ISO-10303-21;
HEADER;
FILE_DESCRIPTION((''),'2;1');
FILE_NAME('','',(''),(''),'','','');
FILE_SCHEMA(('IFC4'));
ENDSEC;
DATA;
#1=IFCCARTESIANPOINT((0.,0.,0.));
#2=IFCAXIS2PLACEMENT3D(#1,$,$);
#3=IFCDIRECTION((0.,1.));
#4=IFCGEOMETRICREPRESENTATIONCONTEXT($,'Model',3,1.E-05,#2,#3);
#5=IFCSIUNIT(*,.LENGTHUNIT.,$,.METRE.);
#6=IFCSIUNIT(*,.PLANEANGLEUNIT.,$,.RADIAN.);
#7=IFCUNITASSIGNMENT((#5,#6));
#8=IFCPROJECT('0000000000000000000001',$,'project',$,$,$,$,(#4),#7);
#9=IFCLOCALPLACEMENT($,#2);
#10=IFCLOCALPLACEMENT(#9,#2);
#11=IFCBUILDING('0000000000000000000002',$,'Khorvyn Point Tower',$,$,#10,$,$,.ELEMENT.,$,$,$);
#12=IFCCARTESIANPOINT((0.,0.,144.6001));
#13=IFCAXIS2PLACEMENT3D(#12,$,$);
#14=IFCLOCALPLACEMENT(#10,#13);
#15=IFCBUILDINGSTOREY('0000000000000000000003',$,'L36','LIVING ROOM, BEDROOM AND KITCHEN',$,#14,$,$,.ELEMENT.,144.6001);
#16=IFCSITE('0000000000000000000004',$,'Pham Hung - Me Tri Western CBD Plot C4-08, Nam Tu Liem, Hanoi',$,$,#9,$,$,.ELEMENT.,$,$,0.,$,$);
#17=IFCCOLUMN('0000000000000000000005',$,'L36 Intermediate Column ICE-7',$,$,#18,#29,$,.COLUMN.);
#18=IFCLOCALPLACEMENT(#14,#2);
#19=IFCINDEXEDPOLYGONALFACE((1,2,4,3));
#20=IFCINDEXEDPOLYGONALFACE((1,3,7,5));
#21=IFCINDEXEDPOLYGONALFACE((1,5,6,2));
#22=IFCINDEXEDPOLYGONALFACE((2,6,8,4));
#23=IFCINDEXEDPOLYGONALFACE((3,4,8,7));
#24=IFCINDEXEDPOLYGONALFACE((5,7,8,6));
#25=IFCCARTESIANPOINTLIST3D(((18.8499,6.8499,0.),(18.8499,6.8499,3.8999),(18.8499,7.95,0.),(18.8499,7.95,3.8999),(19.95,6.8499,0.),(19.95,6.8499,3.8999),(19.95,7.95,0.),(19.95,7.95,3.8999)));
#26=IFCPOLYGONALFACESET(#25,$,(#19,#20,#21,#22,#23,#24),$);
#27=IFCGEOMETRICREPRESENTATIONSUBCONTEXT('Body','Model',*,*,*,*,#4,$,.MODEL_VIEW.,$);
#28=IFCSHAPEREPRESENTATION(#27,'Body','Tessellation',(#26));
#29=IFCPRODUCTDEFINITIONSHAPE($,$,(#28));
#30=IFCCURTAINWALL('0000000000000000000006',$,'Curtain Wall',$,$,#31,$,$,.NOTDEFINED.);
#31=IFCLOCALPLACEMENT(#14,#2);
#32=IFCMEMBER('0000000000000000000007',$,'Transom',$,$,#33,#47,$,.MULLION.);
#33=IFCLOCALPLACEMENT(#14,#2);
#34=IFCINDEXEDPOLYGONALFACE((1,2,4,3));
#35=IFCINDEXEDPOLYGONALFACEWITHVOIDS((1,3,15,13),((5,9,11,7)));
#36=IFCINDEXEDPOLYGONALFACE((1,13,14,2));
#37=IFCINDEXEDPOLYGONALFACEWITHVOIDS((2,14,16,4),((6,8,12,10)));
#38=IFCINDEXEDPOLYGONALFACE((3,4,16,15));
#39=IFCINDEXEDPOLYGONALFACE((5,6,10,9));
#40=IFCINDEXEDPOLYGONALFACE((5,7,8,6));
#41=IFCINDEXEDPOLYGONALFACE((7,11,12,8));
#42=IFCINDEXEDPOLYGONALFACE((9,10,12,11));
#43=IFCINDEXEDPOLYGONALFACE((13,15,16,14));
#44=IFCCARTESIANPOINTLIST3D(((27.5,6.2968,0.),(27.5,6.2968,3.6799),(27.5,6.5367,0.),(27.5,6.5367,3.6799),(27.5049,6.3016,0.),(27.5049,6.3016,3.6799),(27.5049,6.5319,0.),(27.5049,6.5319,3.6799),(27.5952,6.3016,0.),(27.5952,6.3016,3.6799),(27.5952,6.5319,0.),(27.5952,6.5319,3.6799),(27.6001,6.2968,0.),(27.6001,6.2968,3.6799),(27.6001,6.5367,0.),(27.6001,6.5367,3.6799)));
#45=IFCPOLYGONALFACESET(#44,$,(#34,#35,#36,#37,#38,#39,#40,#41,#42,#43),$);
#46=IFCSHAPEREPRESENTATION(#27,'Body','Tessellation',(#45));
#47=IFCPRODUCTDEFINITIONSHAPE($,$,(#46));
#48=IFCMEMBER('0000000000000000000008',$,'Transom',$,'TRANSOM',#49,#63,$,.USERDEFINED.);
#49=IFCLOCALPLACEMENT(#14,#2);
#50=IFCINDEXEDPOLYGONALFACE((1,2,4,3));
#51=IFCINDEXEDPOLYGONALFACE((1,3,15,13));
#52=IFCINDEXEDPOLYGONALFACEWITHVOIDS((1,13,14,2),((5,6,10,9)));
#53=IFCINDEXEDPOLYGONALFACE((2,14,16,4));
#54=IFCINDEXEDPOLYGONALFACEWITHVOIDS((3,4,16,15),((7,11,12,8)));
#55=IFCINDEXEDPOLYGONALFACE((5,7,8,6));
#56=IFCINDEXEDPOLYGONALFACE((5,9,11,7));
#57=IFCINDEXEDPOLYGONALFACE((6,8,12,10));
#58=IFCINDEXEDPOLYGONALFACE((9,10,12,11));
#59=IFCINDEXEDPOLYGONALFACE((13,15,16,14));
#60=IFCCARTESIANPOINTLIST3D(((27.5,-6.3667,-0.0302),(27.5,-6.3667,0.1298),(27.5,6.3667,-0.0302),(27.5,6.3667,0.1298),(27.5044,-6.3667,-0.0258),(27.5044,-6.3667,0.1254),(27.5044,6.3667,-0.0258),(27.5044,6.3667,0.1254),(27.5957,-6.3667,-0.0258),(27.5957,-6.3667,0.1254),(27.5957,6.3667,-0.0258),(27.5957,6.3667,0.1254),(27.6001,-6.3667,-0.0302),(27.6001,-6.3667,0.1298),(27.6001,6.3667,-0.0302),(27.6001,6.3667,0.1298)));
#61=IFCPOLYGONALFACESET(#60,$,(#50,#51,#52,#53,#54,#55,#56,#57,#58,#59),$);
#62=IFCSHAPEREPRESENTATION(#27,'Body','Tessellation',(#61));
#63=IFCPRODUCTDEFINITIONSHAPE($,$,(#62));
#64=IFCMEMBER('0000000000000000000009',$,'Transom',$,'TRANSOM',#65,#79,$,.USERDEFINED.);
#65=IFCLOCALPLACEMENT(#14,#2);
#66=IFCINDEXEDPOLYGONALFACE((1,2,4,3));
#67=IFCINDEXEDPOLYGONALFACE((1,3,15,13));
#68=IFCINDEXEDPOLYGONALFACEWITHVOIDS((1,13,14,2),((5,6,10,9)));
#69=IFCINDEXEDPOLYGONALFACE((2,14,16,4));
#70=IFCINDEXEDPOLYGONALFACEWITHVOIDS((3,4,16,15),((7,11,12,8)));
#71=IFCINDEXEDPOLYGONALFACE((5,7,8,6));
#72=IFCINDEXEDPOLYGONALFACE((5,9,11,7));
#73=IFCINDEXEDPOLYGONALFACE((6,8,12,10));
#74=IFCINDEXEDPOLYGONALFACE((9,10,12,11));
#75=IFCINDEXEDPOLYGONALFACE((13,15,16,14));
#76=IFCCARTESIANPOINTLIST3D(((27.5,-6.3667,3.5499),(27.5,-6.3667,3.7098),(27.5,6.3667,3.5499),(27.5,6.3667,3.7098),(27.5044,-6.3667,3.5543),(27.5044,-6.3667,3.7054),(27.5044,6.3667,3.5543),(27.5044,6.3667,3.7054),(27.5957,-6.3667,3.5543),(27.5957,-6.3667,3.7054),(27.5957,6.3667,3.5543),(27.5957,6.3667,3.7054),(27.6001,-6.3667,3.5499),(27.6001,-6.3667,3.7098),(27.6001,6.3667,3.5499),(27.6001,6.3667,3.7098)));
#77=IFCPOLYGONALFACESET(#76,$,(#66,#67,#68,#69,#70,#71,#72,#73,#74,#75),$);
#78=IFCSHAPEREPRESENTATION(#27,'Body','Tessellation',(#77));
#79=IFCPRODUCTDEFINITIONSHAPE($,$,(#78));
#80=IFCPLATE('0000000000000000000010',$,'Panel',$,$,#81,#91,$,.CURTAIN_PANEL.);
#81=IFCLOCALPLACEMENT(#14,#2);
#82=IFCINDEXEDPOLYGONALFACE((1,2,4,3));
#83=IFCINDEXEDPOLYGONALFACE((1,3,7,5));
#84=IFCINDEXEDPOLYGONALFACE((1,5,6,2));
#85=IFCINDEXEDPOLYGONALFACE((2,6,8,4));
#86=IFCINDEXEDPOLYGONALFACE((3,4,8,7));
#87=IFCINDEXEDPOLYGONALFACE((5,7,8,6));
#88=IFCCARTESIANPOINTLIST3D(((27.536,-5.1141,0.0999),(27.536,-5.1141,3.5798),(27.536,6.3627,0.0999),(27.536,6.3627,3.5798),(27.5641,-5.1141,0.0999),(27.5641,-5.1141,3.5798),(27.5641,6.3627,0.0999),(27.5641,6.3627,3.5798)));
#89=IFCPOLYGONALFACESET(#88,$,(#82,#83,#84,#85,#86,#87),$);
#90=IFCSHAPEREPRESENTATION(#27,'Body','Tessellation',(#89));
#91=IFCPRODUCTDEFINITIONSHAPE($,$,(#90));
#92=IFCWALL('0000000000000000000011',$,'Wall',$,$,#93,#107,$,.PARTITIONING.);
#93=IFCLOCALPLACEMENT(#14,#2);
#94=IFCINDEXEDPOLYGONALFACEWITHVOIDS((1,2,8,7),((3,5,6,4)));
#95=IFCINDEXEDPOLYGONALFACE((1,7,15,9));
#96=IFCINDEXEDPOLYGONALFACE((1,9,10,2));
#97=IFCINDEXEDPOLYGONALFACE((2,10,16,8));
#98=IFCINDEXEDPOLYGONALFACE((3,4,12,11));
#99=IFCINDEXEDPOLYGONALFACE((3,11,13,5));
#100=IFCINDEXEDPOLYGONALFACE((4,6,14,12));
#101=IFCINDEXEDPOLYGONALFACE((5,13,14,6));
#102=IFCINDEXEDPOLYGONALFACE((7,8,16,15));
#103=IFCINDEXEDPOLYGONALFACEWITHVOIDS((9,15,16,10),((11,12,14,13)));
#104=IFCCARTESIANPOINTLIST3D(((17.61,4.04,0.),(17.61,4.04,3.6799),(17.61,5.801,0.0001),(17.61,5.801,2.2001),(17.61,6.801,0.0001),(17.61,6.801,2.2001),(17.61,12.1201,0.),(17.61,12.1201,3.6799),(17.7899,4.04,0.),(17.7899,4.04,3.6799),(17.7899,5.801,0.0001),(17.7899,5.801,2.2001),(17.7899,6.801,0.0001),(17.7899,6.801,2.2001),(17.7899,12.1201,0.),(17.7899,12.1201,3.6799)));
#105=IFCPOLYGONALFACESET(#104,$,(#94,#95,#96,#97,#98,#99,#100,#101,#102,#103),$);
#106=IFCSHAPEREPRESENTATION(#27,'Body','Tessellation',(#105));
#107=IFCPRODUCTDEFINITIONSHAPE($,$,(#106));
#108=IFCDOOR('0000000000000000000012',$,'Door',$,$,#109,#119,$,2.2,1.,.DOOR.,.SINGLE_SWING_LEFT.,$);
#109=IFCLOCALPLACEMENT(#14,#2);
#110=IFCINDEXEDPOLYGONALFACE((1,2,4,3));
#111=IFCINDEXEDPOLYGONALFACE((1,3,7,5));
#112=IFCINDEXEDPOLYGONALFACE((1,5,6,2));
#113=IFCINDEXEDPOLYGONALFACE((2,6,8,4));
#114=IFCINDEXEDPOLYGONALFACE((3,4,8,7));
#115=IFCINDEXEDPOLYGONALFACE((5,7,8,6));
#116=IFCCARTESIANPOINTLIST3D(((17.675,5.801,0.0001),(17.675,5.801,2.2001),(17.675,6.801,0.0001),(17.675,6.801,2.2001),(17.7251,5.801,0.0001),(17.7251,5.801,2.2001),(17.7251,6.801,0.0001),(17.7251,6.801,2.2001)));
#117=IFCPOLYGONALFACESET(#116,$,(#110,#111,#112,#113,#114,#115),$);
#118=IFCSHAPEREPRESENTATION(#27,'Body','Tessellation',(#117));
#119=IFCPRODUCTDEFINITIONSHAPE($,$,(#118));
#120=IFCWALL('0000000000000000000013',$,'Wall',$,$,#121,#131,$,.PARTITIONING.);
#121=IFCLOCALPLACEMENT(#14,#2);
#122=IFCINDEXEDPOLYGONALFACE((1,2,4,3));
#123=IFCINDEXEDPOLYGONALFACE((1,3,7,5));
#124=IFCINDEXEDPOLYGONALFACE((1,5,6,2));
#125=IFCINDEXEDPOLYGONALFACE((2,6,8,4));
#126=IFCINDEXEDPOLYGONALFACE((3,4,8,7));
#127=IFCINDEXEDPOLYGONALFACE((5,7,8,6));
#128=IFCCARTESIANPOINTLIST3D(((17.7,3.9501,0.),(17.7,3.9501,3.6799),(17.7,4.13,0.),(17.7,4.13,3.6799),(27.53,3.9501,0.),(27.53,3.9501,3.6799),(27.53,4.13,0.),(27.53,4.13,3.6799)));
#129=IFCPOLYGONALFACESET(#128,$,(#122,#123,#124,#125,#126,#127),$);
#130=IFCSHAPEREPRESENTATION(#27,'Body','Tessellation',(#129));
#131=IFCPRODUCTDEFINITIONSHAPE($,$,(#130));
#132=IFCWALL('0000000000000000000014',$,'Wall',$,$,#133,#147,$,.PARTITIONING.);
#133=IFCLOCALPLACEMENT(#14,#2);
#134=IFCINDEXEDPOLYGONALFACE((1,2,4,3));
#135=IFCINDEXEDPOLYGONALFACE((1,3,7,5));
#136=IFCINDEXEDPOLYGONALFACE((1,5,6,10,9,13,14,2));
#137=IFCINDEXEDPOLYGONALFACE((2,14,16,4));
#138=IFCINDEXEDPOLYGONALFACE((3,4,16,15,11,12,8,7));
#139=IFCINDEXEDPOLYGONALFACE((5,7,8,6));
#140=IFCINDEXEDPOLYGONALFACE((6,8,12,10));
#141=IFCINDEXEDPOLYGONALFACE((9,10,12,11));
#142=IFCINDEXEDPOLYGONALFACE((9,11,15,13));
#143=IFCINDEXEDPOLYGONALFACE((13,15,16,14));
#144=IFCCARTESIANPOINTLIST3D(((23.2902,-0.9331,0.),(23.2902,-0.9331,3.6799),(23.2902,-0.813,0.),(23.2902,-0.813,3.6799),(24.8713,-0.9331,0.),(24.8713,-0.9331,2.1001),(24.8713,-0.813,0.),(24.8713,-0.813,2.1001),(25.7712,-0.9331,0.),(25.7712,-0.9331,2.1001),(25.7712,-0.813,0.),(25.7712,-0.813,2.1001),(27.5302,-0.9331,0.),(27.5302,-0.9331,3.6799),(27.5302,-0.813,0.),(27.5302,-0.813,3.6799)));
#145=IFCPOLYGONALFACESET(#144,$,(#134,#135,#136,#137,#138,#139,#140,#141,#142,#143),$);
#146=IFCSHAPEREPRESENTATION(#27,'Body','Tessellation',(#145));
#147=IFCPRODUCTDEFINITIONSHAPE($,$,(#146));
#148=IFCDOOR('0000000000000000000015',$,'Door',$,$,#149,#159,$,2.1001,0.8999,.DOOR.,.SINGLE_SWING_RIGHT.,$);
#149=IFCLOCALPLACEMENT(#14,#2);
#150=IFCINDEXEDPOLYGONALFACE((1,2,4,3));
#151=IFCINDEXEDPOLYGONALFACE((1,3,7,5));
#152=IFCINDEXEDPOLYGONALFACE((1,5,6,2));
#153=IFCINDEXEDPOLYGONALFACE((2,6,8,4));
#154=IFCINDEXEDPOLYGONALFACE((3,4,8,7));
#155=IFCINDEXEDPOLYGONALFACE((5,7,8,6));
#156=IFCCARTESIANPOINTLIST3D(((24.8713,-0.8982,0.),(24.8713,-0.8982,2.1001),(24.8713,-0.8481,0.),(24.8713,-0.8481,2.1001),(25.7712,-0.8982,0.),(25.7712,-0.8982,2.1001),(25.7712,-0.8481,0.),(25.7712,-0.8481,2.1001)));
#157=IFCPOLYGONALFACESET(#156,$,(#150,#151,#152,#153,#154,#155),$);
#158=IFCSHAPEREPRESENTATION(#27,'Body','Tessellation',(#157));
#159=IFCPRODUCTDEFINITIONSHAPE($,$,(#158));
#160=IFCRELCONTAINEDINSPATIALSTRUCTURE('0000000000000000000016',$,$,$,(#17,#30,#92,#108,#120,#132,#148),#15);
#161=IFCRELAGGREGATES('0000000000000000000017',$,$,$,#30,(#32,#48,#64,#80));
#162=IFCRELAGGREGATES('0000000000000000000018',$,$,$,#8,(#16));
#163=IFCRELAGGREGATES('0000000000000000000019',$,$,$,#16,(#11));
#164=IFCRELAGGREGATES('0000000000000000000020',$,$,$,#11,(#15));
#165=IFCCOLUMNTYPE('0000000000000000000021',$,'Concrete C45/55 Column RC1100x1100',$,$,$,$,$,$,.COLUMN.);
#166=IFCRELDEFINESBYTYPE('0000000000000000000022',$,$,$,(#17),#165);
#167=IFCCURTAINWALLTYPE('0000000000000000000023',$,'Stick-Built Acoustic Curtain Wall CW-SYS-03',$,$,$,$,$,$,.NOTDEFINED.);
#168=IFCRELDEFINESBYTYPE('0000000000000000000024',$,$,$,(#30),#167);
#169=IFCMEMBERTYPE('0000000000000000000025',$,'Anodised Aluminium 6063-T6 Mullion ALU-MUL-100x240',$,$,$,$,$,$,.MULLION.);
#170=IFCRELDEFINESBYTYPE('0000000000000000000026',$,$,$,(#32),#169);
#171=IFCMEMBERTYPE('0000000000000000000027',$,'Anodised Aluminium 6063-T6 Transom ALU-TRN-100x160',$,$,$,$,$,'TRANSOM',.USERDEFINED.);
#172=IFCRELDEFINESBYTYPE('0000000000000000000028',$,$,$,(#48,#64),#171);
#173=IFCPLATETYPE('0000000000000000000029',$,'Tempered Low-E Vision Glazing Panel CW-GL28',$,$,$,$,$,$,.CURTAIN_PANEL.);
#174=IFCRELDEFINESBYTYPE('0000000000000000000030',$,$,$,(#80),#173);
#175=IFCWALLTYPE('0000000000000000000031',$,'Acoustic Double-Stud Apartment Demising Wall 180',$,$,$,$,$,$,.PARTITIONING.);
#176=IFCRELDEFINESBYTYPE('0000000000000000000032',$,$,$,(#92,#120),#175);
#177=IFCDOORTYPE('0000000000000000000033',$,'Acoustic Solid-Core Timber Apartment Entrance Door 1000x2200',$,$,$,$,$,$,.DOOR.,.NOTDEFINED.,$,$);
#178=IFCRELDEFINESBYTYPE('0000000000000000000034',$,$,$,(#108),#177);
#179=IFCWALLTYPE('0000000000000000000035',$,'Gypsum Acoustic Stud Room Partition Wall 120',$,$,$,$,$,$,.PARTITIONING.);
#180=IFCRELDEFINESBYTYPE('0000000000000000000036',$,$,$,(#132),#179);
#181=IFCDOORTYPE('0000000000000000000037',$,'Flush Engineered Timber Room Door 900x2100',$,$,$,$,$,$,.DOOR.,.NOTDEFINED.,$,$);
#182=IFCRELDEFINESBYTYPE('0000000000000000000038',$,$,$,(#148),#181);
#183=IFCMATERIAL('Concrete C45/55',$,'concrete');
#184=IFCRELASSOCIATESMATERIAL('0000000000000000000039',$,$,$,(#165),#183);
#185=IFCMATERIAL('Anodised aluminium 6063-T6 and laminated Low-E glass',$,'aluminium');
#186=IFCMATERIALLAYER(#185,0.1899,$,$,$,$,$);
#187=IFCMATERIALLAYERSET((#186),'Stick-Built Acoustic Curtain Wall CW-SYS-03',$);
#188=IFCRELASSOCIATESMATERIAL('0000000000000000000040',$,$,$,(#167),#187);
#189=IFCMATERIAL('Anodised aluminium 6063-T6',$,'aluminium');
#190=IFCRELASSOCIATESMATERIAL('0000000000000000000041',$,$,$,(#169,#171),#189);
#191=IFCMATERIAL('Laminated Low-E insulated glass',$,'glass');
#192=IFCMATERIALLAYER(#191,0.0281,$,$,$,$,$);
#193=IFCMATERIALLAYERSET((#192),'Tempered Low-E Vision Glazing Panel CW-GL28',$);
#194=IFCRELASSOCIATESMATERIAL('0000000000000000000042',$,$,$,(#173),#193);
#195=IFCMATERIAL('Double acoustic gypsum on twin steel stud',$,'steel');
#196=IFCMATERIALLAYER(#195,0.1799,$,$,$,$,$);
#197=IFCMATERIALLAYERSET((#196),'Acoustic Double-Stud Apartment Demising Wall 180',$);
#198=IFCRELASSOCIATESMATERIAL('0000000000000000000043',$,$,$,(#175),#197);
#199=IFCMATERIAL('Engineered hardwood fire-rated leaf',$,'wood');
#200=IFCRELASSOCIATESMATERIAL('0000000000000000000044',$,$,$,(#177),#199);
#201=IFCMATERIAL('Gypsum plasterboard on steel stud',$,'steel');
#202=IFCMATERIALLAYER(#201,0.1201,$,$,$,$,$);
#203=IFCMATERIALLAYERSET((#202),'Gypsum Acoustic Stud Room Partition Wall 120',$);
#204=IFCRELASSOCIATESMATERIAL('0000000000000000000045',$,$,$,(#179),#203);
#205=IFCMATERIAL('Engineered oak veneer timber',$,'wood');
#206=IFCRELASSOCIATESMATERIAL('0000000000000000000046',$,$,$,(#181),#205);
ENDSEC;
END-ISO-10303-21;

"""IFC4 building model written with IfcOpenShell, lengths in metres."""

from ifc_helpers import new_model, si_unit, direction, frame, frame_2d, origin, origin_2d, place, context, subcontext, project, spatial, rectangle, hollow_rectangle, extrude, material, layer, layer_set, material_profile, profile_set, type_object, element, fill, aggregate, save


model = new_model("IFC4")

# Units and contexts
model_context = context("Model", 3, precision=1e-05, world=origin(), true_north=direction((0.0, 1.0)))
body_context = subcontext(model_context, "Body", "Model", "MODEL_VIEW")
ifc_project = project(units=[si_unit("LENGTHUNIT", "METRE"), si_unit("PLANEANGLEUNIT", "RADIAN")], contexts=[model_context])

# Site, building, storey
site_placement = place(None, origin())
site = spatial("IfcSite", under=ifc_project, at=site_placement, Name="Pham Hung - Me Tri Western CBD Plot C4-08, Nam Tu Liem, Hanoi", CompositionType="ELEMENT", RefElevation=0.0)
building_placement = place(site_placement, origin())
building = spatial("IfcBuilding", under=site, at=building_placement, Name="Khorvyn Point Tower", CompositionType="ELEMENT")
storey_placement = place(building_placement, frame((0.0, 0.0, 144.6001)))
storey = spatial("IfcBuildingStorey", under=building, at=storey_placement, Name="L36", Description="LIVING ROOM, BEDROOM AND KITCHEN", CompositionType="ELEMENT", Elevation=144.6001)

# Column
ifc_material_1 = material(Name="Concrete C45/55", Category="concrete")
ifc_material_profile_1 = material_profile(ifc_material_1, rectangle(XDim=1.1001, YDim=1.1001, at=origin_2d()))
ifc_profile_set_1 = profile_set([ifc_material_profile_1], Name="Concrete C45/55 RC1100x1100")
column_type = type_object("IfcColumnType", Name="Concrete C45/55 Column RC1100x1100", PredefinedType="COLUMN", material=ifc_profile_set_1)
column_placement = place(storey_placement, frame((19.3999, 7.3999, 0.0), z_axis=(0.0, 0.0, 1.0), x_axis=(1.0, 0.0, 0.0)))
element("IfcColumn", 1, at=column_placement, inside=storey, type_object=column_type, Name="L36 Intermediate Column ICE-7", PredefinedType="COLUMN", context=body_context, shape_type="SweptSolid", body=[
    extrude(rectangle(XDim=1.1001, YDim=1.1001, at=origin_2d()), origin(), (0.0, 0.0, 1.0), 3.8999),
])

# Curtain wall, members, plate
ifc_material_2 = material(Name="Anodised aluminium 6063-T6 and laminated Low-E glass", Category="aluminium")
ifc_layer_1 = layer(ifc_material_2, 0.1899)
ifc_layer_set_1 = layer_set([ifc_layer_1], Name="Stick-Built Acoustic Curtain Wall CW-SYS-03")
curtain_wall_type = type_object("IfcCurtainWallType", Name="Stick-Built Acoustic Curtain Wall CW-SYS-03", PredefinedType="NOTDEFINED", material=ifc_layer_set_1)
curtain_wall_placement = place(storey_placement, origin())
curtain_wall = element("IfcCurtainWall", 2, at=curtain_wall_placement, inside=storey, type_object=curtain_wall_type, Name="Curtain Wall", PredefinedType="NOTDEFINED")
ifc_material_3 = material(Name="Anodised aluminium 6063-T6", Category="aluminium")
ifc_material_profile_2 = material_profile(ifc_material_3, hollow_rectangle(XDim=0.1001, YDim=0.24, WallThickness=0.0049, at=origin_2d()))
ifc_profile_set_2 = profile_set([ifc_material_profile_2], Name="Anodised aluminium 6063-T6 ALU-MUL-100x240")
member_type_1 = type_object("IfcMemberType", Name="Anodised Aluminium 6063-T6 Mullion ALU-MUL-100x240", PredefinedType="MULLION", material=ifc_profile_set_2)
member_1_placement = place(storey_placement, frame((27.55, 6.4167, 0.0), z_axis=(0.0, 0.0, 1.0), x_axis=(1.0, 0.0, 0.0)))
member_1 = element("IfcMember", 3, at=member_1_placement, type_object=member_type_1, Name="Transom", PredefinedType="MULLION", context=body_context, shape_type="SweptSolid", body=[
    extrude(hollow_rectangle(XDim=0.1001, YDim=0.24, WallThickness=0.0049, at=origin_2d()), origin(), (0.0, 0.0, 1.0), 3.6799),
])
ifc_material_profile_3 = material_profile(ifc_material_3, hollow_rectangle(XDim=0.1001, YDim=0.1599, WallThickness=0.0044, at=origin_2d()))
ifc_profile_set_3 = profile_set([ifc_material_profile_3], Name="Anodised aluminium 6063-T6 ALU-TRN-100x160")
member_type_2 = type_object("IfcMemberType", Name="Anodised Aluminium 6063-T6 Transom ALU-TRN-100x160", ElementType="TRANSOM", PredefinedType="USERDEFINED", material=ifc_profile_set_3)
member_2_placement = place(storey_placement, frame((27.55, 6.3667, 0.0498), z_axis=(0.0, -1.0, 0.0), x_axis=(1.0, 0.0, 0.0)))
member_2 = element("IfcMember", 4, at=member_2_placement, type_object=member_type_2, Name="Transom", ObjectType="TRANSOM", PredefinedType="USERDEFINED", context=body_context, shape_type="SweptSolid", body=[
    extrude(hollow_rectangle(XDim=0.1001, YDim=0.1599, WallThickness=0.0044, at=origin_2d()), origin(), (0.0, 0.0, 1.0), 12.7334),
])
member_3_placement = place(storey_placement, frame((27.55, 6.3667, 3.6299), z_axis=(0.0, -1.0, 0.0), x_axis=(1.0, 0.0, 0.0)))
member_3 = element("IfcMember", 5, at=member_3_placement, type_object=member_type_2, Name="Transom", ObjectType="TRANSOM", PredefinedType="USERDEFINED", context=body_context, shape_type="SweptSolid", body=[
    extrude(hollow_rectangle(XDim=0.1001, YDim=0.1599, WallThickness=0.0044, at=origin_2d()), origin(), (0.0, 0.0, 1.0), 12.7334),
])
ifc_material_4 = material(Name="Laminated Low-E insulated glass", Category="glass")
ifc_layer_2 = layer(ifc_material_4, 0.0281)
ifc_layer_set_2 = layer_set([ifc_layer_2], Name="Tempered Low-E Vision Glazing Panel CW-GL28")
plate_type = type_object("IfcPlateType", Name="Tempered Low-E Vision Glazing Panel CW-GL28", PredefinedType="CURTAIN_PANEL", material=ifc_layer_set_2)
plate_placement = place(storey_placement, frame((27.55, 0.6243, 0.0999), z_axis=(0.0, 0.0, 1.0), x_axis=(0.0, -1.0, 0.0)))
plate = element("IfcPlate", 6, at=plate_placement, type_object=plate_type, Name="Panel", PredefinedType="CURTAIN_PANEL", context=body_context, shape_type="SweptSolid", body=[
    extrude(rectangle(XDim=11.4768, YDim=0.0281, at=origin_2d()), origin(), (0.0, 0.0, 1.0), 3.48),
])
aggregate(curtain_wall, [member_1, member_2, member_3, plate])

# Wall, opening, door
ifc_material_5 = material(Name="Double acoustic gypsum on twin steel stud", Category="steel")
ifc_layer_3 = layer(ifc_material_5, 0.1799)
ifc_layer_set_3 = layer_set([ifc_layer_3], Name="Acoustic Double-Stud Apartment Demising Wall 180")
wall_type_1 = type_object("IfcWallType", Name="Acoustic Double-Stud Apartment Demising Wall 180", PredefinedType="PARTITIONING", material=ifc_layer_set_3)
wall_1_placement = place(storey_placement, frame((17.7, 4.04, 0.0), z_axis=(0.0, 0.0, 1.0), x_axis=(0.0, 1.0, 0.0)))
wall_1 = element("IfcWall", 7, at=wall_1_placement, inside=storey, type_object=wall_type_1, Name="Wall", PredefinedType="PARTITIONING", context=body_context, shape_type="SweptSolid", body=[
    extrude(rectangle(XDim=8.0801, YDim=0.1799, at=frame_2d((4.04, 0.0))), origin(), (0.0, 0.0, 1.0), 3.6799),
])
opening_1_placement = place(wall_1_placement, frame((1.761, 0.0, 0.0)))
opening_1 = element("IfcOpeningElement", 8, at=opening_1_placement, cuts=wall_1, PredefinedType="OPENING", context=body_context, shape_type="SweptSolid", body=[
    extrude(rectangle(XDim=1.0, YDim=2.2, at=frame_2d((0.5, 1.1001))), frame((0.0, 0.0999, 0.0), z_axis=(0.0, -1.0, 0.0), x_axis=(1.0, 0.0, 0.0)), (0.0, 0.0, 1.0), 0.2),
])
ifc_material_6 = material(Name="Engineered hardwood fire-rated leaf", Category="wood")
door_type_1 = type_object("IfcDoorType", Name="Acoustic Solid-Core Timber Apartment Entrance Door 1000x2200", OperationType="NOTDEFINED", PredefinedType="DOOR", material=ifc_material_6)
door_1_placement = place(opening_1_placement, origin())
door_1 = element("IfcDoor", 9, at=door_1_placement, inside=storey, type_object=door_type_1, Name="Door", OperationType="SINGLE_SWING_LEFT", OverallHeight=2.2, OverallWidth=1.0, PredefinedType="DOOR", context=body_context, shape_type="SweptSolid", body=[
    extrude(rectangle(XDim=1.0, YDim=2.2, at=frame_2d((0.5, 1.1001))), frame((0.0, 0.0249, 0.0), z_axis=(0.0, -1.0, 0.0), x_axis=(1.0, 0.0, 0.0)), (0.0, 0.0, 1.0), 0.05),
])
fill(opening_1, door_1)

# Wall
wall_2_placement = place(storey_placement, frame((17.7, 4.04, 0.0), z_axis=(0.0, 0.0, 1.0), x_axis=(1.0, 0.0, 0.0)))
element("IfcWall", 10, at=wall_2_placement, inside=storey, type_object=wall_type_1, Name="Wall", PredefinedType="PARTITIONING", context=body_context, shape_type="SweptSolid", body=[
    extrude(rectangle(XDim=9.8301, YDim=0.1799, at=frame_2d((4.915, 0.0))), origin(), (0.0, 0.0, 1.0), 3.6799),
])

# Wall, opening, door
ifc_material_7 = material(Name="Gypsum plasterboard on steel stud", Category="steel")
ifc_layer_4 = layer(ifc_material_7, 0.1201)
ifc_layer_set_4 = layer_set([ifc_layer_4], Name="Gypsum Acoustic Stud Room Partition Wall 120")
wall_type_2 = type_object("IfcWallType", Name="Gypsum Acoustic Stud Room Partition Wall 120", PredefinedType="PARTITIONING", material=ifc_layer_set_4)
wall_3_placement = place(storey_placement, frame((23.29, -0.873, 0.0), z_axis=(0.0, 0.0, 1.0), x_axis=(1.0, 0.0, 0.0)))
wall_3 = element("IfcWall", 11, at=wall_3_placement, inside=storey, type_object=wall_type_2, Name="Wall", PredefinedType="PARTITIONING", context=body_context, shape_type="SweptSolid", body=[
    extrude(rectangle(XDim=4.24, YDim=0.1201, at=frame_2d((2.1201, 0.0))), origin(), (0.0, 0.0, 1.0), 3.6799),
])
opening_2_placement = place(wall_3_placement, frame((1.5813, 0.0, 0.0)))
opening_2 = element("IfcOpeningElement", 12, at=opening_2_placement, cuts=wall_3, PredefinedType="OPENING", context=body_context, shape_type="SweptSolid", body=[
    extrude(rectangle(XDim=0.8999, YDim=2.1001, at=frame_2d((0.45, 1.05))), frame((0.0, 0.0701, 0.0), z_axis=(0.0, -1.0, 0.0), x_axis=(1.0, 0.0, 0.0)), (0.0, 0.0, 1.0), 0.1401),
])
ifc_material_8 = material(Name="Engineered oak veneer timber", Category="wood")
door_type_2 = type_object("IfcDoorType", Name="Flush Engineered Timber Room Door 900x2100", OperationType="NOTDEFINED", PredefinedType="DOOR", material=ifc_material_8)
door_2_placement = place(opening_2_placement, origin())
door_2 = element("IfcDoor", 13, at=door_2_placement, inside=storey, type_object=door_type_2, Name="Door", OperationType="SINGLE_SWING_RIGHT", OverallHeight=2.1001, OverallWidth=0.8999, PredefinedType="DOOR", context=body_context, shape_type="SweptSolid", body=[
    extrude(rectangle(XDim=0.8999, YDim=2.1001, at=frame_2d((0.45, 1.05))), frame((0.0, 0.0249, 0.0), z_axis=(0.0, -1.0, 0.0), x_axis=(1.0, 0.0, 0.0)), (0.0, 0.0, 1.0), 0.05),
])
fill(opening_2, door_2)

save(model, "model.ifc")
